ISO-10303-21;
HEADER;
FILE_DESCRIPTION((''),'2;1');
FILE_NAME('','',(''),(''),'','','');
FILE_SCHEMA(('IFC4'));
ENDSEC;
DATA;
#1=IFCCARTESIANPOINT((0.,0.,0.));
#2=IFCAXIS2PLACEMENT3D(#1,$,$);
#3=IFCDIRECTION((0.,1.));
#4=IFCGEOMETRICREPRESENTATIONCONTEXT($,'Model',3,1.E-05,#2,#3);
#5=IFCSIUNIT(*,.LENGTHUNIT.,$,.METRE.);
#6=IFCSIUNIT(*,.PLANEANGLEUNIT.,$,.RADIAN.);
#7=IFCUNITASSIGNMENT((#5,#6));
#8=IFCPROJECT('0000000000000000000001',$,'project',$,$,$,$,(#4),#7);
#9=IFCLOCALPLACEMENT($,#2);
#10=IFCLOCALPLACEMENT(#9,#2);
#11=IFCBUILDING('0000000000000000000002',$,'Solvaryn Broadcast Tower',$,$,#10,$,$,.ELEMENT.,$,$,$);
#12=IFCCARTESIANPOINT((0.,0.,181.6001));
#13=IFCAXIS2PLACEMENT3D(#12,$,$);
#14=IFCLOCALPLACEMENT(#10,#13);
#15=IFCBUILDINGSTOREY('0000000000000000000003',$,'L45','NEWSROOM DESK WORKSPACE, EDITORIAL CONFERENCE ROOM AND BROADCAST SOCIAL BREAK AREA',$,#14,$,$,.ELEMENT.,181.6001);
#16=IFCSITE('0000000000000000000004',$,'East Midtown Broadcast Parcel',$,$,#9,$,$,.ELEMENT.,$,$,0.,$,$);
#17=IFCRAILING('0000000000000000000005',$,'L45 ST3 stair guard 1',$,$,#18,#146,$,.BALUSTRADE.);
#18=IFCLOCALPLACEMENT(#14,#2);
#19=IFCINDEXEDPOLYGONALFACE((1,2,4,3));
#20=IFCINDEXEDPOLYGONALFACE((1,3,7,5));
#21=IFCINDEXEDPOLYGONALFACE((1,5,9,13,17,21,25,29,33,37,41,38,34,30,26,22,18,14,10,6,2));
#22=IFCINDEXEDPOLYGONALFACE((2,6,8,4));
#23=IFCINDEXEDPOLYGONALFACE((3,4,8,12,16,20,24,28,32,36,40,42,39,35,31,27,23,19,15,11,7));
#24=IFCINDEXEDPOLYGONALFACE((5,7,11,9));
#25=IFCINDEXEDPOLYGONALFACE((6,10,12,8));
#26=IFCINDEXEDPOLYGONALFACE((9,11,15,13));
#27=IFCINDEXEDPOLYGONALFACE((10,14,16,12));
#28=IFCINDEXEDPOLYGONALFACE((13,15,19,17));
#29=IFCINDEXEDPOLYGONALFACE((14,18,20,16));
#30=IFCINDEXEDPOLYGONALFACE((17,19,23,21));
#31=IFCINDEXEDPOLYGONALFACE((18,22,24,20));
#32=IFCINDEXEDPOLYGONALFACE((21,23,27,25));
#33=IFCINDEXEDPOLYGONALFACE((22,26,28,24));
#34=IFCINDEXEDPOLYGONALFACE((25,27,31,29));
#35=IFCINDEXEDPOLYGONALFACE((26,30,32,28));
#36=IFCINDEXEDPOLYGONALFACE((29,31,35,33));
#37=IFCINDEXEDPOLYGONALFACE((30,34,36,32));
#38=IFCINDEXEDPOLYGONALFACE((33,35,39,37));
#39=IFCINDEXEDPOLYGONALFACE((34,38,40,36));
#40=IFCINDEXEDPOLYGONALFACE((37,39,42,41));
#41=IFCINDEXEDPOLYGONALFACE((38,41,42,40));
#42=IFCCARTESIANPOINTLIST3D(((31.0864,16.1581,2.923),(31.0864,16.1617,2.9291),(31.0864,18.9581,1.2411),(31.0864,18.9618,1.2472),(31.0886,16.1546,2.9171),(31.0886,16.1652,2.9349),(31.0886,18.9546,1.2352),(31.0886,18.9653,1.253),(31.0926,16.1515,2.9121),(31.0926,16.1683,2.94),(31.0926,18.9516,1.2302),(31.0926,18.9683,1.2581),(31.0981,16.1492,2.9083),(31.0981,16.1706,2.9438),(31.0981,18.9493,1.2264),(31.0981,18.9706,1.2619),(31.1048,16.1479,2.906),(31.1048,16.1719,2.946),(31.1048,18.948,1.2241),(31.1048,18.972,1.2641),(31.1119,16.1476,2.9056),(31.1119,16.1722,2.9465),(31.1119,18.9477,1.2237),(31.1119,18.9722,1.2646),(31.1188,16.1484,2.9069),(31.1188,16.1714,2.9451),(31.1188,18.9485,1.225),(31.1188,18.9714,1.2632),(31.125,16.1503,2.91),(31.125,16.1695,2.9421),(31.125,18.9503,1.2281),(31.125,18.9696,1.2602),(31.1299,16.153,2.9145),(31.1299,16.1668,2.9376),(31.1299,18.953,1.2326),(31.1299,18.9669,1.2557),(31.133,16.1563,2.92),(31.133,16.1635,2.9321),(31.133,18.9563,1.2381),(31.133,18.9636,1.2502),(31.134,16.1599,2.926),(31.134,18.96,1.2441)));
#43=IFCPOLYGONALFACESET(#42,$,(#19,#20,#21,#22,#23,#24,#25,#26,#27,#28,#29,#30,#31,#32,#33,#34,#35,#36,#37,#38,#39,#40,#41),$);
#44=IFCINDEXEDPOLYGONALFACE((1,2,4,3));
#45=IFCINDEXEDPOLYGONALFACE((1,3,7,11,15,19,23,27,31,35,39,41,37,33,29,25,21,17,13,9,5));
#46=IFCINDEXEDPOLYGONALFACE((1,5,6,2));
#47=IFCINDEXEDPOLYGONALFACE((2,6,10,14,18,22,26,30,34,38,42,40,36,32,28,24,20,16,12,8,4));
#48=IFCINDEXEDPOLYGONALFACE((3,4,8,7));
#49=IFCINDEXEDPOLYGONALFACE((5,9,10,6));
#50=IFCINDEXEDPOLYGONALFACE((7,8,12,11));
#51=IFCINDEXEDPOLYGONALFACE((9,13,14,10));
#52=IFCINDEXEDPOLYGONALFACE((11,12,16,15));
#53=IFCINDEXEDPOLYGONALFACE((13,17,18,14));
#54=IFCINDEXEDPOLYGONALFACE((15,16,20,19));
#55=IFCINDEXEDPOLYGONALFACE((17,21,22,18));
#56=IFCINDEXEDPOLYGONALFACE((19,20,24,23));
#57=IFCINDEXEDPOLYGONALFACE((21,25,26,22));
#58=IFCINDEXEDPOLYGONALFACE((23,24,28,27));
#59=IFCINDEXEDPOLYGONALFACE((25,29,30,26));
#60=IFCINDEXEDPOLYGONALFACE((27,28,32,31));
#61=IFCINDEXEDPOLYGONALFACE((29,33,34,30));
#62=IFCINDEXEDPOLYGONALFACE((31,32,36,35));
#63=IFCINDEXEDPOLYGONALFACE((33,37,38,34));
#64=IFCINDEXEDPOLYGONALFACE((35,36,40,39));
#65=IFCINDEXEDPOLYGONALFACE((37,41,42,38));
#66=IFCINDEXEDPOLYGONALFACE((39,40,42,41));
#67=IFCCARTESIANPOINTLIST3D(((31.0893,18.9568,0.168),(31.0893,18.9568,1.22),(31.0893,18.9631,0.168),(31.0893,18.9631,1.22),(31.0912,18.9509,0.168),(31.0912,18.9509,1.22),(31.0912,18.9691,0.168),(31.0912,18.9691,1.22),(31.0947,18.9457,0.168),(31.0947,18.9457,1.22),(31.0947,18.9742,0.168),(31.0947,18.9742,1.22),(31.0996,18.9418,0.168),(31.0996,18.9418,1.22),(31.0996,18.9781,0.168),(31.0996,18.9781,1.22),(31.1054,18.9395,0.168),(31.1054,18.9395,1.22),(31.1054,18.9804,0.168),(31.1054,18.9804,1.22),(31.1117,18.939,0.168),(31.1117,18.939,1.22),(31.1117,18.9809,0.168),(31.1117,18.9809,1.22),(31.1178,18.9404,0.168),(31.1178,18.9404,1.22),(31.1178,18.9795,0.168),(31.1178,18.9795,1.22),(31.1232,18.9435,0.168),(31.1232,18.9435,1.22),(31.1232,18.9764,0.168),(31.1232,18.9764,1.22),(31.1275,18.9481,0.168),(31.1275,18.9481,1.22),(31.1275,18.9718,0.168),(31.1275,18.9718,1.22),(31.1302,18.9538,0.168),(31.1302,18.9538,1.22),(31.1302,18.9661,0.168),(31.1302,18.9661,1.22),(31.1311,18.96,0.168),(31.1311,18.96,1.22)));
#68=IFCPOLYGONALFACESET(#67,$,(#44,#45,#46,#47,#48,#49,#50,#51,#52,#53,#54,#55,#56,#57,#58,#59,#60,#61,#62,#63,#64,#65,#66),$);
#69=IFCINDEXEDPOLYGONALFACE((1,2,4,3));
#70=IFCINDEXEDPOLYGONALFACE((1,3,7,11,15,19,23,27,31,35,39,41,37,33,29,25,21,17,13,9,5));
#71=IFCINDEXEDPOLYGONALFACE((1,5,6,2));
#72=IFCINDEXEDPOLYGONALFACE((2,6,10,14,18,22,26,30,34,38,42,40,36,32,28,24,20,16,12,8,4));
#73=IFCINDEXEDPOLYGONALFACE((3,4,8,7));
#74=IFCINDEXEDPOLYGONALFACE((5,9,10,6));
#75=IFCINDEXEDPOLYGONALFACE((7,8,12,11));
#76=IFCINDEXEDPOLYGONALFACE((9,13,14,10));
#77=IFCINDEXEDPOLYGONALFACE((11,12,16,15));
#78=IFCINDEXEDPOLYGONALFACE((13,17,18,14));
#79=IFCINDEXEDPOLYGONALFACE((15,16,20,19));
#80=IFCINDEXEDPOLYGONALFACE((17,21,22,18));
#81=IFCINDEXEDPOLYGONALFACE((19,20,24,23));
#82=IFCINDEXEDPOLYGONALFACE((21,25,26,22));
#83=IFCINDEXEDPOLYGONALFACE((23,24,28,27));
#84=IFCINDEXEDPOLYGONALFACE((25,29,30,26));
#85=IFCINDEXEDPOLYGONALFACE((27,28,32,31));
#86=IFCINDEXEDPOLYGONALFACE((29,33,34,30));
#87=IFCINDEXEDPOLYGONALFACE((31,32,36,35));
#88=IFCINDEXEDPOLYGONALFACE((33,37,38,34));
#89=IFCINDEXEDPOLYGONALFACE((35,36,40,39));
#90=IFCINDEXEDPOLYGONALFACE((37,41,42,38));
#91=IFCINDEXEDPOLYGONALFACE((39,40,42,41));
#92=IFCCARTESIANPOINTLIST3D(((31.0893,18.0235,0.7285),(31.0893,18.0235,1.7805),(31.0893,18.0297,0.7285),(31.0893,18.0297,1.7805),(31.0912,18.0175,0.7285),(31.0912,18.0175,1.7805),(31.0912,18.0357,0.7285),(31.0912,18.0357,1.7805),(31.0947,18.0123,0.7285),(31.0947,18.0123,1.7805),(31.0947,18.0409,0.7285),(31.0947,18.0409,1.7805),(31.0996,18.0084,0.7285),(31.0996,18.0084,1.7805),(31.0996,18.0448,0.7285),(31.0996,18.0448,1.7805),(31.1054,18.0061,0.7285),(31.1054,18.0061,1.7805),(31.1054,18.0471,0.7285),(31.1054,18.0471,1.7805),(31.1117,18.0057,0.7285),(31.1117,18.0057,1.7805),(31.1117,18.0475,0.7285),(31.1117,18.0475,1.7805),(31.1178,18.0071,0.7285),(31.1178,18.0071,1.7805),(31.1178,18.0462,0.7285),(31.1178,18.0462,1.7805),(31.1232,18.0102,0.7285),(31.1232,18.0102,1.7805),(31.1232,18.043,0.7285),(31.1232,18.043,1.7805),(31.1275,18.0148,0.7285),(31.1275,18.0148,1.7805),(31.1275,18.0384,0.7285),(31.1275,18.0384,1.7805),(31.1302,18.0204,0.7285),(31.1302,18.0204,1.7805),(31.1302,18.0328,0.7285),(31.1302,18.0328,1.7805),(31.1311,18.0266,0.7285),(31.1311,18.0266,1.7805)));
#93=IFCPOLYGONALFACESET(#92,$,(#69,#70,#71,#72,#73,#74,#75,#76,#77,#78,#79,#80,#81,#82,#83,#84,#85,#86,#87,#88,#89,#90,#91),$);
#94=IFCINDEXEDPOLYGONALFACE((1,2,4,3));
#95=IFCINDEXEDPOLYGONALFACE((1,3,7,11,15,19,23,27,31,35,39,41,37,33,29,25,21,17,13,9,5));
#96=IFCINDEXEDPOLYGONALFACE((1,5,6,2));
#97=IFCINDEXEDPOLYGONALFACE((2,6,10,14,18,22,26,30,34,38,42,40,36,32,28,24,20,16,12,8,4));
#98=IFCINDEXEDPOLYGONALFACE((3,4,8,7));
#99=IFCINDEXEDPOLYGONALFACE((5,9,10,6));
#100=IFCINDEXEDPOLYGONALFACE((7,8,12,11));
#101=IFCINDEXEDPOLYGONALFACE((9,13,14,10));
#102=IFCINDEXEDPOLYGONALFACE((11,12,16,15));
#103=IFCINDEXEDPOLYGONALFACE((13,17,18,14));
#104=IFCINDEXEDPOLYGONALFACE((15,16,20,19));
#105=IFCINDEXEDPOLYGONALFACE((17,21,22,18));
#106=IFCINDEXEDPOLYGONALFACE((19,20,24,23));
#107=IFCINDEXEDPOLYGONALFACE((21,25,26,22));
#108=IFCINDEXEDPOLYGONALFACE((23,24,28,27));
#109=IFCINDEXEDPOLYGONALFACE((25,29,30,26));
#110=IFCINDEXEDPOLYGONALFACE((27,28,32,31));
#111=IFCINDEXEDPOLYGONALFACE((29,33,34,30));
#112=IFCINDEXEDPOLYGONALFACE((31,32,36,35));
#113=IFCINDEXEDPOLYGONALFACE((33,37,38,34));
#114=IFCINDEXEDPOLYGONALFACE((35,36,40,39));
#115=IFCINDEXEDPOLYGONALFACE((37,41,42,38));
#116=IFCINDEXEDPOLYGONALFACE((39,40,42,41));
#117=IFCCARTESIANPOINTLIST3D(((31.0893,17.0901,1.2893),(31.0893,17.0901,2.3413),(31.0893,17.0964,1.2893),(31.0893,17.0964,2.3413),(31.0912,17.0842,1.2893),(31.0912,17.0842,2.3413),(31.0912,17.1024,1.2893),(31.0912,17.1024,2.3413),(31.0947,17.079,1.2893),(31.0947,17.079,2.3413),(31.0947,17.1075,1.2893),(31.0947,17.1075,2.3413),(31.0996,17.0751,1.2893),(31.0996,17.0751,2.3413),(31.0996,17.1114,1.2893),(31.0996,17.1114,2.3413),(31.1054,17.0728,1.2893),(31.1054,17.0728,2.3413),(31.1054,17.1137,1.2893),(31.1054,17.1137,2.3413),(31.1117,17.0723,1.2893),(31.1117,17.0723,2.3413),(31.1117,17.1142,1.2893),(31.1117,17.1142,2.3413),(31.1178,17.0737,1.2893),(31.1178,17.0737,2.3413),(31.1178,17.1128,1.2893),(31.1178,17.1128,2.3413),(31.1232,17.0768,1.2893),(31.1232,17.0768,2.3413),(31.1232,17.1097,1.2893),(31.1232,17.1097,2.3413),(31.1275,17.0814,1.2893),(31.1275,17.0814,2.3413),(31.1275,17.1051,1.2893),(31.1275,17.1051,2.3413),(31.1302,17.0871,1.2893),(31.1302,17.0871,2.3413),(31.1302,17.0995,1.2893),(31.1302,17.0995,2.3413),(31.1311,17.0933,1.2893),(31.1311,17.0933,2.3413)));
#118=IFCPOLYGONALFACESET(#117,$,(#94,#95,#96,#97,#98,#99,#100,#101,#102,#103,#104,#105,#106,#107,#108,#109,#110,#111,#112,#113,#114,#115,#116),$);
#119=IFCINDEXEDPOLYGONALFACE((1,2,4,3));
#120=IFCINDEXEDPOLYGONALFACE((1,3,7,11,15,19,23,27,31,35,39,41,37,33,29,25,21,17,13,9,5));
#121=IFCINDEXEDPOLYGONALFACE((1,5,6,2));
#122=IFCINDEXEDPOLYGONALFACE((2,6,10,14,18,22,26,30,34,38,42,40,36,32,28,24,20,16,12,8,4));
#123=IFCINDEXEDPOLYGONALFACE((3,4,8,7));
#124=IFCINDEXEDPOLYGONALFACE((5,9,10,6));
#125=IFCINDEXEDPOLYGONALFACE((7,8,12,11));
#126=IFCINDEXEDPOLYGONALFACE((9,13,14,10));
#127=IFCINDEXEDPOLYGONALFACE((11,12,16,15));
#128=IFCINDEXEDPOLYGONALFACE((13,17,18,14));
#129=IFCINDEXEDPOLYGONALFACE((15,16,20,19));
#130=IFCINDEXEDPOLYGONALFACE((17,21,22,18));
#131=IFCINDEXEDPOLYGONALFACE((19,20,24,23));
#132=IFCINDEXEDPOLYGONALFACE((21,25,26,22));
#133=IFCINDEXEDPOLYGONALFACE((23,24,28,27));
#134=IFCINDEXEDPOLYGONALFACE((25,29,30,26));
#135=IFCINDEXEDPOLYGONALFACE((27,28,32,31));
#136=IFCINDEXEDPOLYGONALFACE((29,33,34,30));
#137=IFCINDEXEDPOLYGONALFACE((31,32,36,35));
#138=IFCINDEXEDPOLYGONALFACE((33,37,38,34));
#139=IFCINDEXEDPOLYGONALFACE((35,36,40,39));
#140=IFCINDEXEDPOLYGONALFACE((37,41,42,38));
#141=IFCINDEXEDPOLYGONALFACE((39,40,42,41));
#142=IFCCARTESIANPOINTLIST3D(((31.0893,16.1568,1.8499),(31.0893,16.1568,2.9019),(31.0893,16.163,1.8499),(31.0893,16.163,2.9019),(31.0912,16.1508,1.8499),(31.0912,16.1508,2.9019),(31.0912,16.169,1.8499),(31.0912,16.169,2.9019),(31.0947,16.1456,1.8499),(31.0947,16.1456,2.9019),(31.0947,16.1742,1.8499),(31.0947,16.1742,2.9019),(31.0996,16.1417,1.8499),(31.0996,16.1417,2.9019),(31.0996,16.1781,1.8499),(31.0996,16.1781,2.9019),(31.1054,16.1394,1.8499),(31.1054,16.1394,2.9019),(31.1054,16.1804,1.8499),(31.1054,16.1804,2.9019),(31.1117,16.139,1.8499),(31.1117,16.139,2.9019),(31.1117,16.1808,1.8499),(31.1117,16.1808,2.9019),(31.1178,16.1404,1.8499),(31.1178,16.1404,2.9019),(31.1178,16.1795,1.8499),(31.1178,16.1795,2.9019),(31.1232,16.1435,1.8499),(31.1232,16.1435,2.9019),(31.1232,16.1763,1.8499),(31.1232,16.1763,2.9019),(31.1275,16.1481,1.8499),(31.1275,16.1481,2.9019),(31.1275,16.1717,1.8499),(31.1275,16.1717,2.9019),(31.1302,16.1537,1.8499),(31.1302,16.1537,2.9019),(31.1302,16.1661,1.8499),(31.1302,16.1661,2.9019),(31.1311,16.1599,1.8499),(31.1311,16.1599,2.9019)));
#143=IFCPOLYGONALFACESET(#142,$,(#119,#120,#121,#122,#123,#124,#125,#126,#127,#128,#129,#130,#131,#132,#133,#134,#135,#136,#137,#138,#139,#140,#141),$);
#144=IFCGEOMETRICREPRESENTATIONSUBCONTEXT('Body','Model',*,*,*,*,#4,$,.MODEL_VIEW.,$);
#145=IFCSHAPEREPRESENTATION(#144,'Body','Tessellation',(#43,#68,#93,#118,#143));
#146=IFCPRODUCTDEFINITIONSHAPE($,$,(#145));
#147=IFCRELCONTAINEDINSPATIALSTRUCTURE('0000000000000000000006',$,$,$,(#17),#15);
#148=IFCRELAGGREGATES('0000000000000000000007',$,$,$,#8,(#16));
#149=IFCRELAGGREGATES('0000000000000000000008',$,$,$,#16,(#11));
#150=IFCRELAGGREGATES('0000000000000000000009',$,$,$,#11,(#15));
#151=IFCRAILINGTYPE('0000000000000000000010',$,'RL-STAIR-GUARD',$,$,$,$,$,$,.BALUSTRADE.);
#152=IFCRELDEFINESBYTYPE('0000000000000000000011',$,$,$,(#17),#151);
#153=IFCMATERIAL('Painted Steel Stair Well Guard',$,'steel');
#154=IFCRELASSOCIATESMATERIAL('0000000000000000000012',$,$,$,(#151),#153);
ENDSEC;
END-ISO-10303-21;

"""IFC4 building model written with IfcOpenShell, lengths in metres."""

from ifc_helpers import new_model, si_unit, direction, frame, origin, origin_2d, place, context, subcontext, project, spatial, circle, extrude, material, type_object, element, save


model = new_model("IFC4")

# Units and contexts
model_context = context("Model", 3, precision=1e-05, world=origin(), true_north=direction((0.0, 1.0)))
body_context = subcontext(model_context, "Body", "Model", "MODEL_VIEW")
ifc_project = project(units=[si_unit("LENGTHUNIT", "METRE"), si_unit("PLANEANGLEUNIT", "RADIAN")], contexts=[model_context])

# Site, building, storey
site_placement = place(None, origin())
site = spatial("IfcSite", under=ifc_project, at=site_placement, Name="East Midtown Broadcast Parcel", CompositionType="ELEMENT", RefElevation=0.0)
building_placement = place(site_placement, origin())
building = spatial("IfcBuilding", under=site, at=building_placement, Name="Solvaryn Broadcast Tower", CompositionType="ELEMENT")
storey_placement = place(building_placement, frame((0.0, 0.0, 181.6001)))
storey = spatial("IfcBuildingStorey", under=building, at=storey_placement, Name="L45", Description="NEWSROOM DESK WORKSPACE, EDITORIAL CONFERENCE ROOM AND BROADCAST SOCIAL BREAK AREA", CompositionType="ELEMENT", Elevation=181.6001)

# Railing
ifc_material_1 = material(Name="Painted Steel Stair Well Guard", Category="steel")
railing_type_1 = type_object("IfcRailingType", Name="RL-STAIR-GUARD", PredefinedType="BALUSTRADE", material=ifc_material_1)
railing_1_placement = place(storey_placement, frame((31.1101, 18.96, 0.168)))
element("IfcRailing", 1, at=railing_1_placement, inside=storey, type_object=railing_type_1, Name="L45 ST3 stair guard 1", PredefinedType="BALUSTRADE", context=body_context, shape_type="SweptSolid", body=[
    extrude(circle(Radius=0.0239, at=origin_2d()), frame((0.0, 0.0, 1.0762), z_axis=(0.0, -0.857242, 0.514913), x_axis=(1.0, 0.0, 0.0)), (0.0, 0.0, 1.0), 3.2664),
    extrude(circle(Radius=0.021, at=origin_2d()), origin(), (0.0, 0.0, 1.0), 1.052),
    extrude(circle(Radius=0.021, at=origin_2d()), frame((0.0, -0.9333, 0.5605)), (0.0, 0.0, 1.0), 1.052),
    extrude(circle(Radius=0.021, at=origin_2d()), frame((0.0, -1.8667, 1.1213)), (0.0, 0.0, 1.0), 1.052),
    extrude(circle(Radius=0.021, at=origin_2d()), frame((0.0, -2.8, 1.6819)), (0.0, 0.0, 1.0), 1.052),
])

save(model, "model.ifc")
